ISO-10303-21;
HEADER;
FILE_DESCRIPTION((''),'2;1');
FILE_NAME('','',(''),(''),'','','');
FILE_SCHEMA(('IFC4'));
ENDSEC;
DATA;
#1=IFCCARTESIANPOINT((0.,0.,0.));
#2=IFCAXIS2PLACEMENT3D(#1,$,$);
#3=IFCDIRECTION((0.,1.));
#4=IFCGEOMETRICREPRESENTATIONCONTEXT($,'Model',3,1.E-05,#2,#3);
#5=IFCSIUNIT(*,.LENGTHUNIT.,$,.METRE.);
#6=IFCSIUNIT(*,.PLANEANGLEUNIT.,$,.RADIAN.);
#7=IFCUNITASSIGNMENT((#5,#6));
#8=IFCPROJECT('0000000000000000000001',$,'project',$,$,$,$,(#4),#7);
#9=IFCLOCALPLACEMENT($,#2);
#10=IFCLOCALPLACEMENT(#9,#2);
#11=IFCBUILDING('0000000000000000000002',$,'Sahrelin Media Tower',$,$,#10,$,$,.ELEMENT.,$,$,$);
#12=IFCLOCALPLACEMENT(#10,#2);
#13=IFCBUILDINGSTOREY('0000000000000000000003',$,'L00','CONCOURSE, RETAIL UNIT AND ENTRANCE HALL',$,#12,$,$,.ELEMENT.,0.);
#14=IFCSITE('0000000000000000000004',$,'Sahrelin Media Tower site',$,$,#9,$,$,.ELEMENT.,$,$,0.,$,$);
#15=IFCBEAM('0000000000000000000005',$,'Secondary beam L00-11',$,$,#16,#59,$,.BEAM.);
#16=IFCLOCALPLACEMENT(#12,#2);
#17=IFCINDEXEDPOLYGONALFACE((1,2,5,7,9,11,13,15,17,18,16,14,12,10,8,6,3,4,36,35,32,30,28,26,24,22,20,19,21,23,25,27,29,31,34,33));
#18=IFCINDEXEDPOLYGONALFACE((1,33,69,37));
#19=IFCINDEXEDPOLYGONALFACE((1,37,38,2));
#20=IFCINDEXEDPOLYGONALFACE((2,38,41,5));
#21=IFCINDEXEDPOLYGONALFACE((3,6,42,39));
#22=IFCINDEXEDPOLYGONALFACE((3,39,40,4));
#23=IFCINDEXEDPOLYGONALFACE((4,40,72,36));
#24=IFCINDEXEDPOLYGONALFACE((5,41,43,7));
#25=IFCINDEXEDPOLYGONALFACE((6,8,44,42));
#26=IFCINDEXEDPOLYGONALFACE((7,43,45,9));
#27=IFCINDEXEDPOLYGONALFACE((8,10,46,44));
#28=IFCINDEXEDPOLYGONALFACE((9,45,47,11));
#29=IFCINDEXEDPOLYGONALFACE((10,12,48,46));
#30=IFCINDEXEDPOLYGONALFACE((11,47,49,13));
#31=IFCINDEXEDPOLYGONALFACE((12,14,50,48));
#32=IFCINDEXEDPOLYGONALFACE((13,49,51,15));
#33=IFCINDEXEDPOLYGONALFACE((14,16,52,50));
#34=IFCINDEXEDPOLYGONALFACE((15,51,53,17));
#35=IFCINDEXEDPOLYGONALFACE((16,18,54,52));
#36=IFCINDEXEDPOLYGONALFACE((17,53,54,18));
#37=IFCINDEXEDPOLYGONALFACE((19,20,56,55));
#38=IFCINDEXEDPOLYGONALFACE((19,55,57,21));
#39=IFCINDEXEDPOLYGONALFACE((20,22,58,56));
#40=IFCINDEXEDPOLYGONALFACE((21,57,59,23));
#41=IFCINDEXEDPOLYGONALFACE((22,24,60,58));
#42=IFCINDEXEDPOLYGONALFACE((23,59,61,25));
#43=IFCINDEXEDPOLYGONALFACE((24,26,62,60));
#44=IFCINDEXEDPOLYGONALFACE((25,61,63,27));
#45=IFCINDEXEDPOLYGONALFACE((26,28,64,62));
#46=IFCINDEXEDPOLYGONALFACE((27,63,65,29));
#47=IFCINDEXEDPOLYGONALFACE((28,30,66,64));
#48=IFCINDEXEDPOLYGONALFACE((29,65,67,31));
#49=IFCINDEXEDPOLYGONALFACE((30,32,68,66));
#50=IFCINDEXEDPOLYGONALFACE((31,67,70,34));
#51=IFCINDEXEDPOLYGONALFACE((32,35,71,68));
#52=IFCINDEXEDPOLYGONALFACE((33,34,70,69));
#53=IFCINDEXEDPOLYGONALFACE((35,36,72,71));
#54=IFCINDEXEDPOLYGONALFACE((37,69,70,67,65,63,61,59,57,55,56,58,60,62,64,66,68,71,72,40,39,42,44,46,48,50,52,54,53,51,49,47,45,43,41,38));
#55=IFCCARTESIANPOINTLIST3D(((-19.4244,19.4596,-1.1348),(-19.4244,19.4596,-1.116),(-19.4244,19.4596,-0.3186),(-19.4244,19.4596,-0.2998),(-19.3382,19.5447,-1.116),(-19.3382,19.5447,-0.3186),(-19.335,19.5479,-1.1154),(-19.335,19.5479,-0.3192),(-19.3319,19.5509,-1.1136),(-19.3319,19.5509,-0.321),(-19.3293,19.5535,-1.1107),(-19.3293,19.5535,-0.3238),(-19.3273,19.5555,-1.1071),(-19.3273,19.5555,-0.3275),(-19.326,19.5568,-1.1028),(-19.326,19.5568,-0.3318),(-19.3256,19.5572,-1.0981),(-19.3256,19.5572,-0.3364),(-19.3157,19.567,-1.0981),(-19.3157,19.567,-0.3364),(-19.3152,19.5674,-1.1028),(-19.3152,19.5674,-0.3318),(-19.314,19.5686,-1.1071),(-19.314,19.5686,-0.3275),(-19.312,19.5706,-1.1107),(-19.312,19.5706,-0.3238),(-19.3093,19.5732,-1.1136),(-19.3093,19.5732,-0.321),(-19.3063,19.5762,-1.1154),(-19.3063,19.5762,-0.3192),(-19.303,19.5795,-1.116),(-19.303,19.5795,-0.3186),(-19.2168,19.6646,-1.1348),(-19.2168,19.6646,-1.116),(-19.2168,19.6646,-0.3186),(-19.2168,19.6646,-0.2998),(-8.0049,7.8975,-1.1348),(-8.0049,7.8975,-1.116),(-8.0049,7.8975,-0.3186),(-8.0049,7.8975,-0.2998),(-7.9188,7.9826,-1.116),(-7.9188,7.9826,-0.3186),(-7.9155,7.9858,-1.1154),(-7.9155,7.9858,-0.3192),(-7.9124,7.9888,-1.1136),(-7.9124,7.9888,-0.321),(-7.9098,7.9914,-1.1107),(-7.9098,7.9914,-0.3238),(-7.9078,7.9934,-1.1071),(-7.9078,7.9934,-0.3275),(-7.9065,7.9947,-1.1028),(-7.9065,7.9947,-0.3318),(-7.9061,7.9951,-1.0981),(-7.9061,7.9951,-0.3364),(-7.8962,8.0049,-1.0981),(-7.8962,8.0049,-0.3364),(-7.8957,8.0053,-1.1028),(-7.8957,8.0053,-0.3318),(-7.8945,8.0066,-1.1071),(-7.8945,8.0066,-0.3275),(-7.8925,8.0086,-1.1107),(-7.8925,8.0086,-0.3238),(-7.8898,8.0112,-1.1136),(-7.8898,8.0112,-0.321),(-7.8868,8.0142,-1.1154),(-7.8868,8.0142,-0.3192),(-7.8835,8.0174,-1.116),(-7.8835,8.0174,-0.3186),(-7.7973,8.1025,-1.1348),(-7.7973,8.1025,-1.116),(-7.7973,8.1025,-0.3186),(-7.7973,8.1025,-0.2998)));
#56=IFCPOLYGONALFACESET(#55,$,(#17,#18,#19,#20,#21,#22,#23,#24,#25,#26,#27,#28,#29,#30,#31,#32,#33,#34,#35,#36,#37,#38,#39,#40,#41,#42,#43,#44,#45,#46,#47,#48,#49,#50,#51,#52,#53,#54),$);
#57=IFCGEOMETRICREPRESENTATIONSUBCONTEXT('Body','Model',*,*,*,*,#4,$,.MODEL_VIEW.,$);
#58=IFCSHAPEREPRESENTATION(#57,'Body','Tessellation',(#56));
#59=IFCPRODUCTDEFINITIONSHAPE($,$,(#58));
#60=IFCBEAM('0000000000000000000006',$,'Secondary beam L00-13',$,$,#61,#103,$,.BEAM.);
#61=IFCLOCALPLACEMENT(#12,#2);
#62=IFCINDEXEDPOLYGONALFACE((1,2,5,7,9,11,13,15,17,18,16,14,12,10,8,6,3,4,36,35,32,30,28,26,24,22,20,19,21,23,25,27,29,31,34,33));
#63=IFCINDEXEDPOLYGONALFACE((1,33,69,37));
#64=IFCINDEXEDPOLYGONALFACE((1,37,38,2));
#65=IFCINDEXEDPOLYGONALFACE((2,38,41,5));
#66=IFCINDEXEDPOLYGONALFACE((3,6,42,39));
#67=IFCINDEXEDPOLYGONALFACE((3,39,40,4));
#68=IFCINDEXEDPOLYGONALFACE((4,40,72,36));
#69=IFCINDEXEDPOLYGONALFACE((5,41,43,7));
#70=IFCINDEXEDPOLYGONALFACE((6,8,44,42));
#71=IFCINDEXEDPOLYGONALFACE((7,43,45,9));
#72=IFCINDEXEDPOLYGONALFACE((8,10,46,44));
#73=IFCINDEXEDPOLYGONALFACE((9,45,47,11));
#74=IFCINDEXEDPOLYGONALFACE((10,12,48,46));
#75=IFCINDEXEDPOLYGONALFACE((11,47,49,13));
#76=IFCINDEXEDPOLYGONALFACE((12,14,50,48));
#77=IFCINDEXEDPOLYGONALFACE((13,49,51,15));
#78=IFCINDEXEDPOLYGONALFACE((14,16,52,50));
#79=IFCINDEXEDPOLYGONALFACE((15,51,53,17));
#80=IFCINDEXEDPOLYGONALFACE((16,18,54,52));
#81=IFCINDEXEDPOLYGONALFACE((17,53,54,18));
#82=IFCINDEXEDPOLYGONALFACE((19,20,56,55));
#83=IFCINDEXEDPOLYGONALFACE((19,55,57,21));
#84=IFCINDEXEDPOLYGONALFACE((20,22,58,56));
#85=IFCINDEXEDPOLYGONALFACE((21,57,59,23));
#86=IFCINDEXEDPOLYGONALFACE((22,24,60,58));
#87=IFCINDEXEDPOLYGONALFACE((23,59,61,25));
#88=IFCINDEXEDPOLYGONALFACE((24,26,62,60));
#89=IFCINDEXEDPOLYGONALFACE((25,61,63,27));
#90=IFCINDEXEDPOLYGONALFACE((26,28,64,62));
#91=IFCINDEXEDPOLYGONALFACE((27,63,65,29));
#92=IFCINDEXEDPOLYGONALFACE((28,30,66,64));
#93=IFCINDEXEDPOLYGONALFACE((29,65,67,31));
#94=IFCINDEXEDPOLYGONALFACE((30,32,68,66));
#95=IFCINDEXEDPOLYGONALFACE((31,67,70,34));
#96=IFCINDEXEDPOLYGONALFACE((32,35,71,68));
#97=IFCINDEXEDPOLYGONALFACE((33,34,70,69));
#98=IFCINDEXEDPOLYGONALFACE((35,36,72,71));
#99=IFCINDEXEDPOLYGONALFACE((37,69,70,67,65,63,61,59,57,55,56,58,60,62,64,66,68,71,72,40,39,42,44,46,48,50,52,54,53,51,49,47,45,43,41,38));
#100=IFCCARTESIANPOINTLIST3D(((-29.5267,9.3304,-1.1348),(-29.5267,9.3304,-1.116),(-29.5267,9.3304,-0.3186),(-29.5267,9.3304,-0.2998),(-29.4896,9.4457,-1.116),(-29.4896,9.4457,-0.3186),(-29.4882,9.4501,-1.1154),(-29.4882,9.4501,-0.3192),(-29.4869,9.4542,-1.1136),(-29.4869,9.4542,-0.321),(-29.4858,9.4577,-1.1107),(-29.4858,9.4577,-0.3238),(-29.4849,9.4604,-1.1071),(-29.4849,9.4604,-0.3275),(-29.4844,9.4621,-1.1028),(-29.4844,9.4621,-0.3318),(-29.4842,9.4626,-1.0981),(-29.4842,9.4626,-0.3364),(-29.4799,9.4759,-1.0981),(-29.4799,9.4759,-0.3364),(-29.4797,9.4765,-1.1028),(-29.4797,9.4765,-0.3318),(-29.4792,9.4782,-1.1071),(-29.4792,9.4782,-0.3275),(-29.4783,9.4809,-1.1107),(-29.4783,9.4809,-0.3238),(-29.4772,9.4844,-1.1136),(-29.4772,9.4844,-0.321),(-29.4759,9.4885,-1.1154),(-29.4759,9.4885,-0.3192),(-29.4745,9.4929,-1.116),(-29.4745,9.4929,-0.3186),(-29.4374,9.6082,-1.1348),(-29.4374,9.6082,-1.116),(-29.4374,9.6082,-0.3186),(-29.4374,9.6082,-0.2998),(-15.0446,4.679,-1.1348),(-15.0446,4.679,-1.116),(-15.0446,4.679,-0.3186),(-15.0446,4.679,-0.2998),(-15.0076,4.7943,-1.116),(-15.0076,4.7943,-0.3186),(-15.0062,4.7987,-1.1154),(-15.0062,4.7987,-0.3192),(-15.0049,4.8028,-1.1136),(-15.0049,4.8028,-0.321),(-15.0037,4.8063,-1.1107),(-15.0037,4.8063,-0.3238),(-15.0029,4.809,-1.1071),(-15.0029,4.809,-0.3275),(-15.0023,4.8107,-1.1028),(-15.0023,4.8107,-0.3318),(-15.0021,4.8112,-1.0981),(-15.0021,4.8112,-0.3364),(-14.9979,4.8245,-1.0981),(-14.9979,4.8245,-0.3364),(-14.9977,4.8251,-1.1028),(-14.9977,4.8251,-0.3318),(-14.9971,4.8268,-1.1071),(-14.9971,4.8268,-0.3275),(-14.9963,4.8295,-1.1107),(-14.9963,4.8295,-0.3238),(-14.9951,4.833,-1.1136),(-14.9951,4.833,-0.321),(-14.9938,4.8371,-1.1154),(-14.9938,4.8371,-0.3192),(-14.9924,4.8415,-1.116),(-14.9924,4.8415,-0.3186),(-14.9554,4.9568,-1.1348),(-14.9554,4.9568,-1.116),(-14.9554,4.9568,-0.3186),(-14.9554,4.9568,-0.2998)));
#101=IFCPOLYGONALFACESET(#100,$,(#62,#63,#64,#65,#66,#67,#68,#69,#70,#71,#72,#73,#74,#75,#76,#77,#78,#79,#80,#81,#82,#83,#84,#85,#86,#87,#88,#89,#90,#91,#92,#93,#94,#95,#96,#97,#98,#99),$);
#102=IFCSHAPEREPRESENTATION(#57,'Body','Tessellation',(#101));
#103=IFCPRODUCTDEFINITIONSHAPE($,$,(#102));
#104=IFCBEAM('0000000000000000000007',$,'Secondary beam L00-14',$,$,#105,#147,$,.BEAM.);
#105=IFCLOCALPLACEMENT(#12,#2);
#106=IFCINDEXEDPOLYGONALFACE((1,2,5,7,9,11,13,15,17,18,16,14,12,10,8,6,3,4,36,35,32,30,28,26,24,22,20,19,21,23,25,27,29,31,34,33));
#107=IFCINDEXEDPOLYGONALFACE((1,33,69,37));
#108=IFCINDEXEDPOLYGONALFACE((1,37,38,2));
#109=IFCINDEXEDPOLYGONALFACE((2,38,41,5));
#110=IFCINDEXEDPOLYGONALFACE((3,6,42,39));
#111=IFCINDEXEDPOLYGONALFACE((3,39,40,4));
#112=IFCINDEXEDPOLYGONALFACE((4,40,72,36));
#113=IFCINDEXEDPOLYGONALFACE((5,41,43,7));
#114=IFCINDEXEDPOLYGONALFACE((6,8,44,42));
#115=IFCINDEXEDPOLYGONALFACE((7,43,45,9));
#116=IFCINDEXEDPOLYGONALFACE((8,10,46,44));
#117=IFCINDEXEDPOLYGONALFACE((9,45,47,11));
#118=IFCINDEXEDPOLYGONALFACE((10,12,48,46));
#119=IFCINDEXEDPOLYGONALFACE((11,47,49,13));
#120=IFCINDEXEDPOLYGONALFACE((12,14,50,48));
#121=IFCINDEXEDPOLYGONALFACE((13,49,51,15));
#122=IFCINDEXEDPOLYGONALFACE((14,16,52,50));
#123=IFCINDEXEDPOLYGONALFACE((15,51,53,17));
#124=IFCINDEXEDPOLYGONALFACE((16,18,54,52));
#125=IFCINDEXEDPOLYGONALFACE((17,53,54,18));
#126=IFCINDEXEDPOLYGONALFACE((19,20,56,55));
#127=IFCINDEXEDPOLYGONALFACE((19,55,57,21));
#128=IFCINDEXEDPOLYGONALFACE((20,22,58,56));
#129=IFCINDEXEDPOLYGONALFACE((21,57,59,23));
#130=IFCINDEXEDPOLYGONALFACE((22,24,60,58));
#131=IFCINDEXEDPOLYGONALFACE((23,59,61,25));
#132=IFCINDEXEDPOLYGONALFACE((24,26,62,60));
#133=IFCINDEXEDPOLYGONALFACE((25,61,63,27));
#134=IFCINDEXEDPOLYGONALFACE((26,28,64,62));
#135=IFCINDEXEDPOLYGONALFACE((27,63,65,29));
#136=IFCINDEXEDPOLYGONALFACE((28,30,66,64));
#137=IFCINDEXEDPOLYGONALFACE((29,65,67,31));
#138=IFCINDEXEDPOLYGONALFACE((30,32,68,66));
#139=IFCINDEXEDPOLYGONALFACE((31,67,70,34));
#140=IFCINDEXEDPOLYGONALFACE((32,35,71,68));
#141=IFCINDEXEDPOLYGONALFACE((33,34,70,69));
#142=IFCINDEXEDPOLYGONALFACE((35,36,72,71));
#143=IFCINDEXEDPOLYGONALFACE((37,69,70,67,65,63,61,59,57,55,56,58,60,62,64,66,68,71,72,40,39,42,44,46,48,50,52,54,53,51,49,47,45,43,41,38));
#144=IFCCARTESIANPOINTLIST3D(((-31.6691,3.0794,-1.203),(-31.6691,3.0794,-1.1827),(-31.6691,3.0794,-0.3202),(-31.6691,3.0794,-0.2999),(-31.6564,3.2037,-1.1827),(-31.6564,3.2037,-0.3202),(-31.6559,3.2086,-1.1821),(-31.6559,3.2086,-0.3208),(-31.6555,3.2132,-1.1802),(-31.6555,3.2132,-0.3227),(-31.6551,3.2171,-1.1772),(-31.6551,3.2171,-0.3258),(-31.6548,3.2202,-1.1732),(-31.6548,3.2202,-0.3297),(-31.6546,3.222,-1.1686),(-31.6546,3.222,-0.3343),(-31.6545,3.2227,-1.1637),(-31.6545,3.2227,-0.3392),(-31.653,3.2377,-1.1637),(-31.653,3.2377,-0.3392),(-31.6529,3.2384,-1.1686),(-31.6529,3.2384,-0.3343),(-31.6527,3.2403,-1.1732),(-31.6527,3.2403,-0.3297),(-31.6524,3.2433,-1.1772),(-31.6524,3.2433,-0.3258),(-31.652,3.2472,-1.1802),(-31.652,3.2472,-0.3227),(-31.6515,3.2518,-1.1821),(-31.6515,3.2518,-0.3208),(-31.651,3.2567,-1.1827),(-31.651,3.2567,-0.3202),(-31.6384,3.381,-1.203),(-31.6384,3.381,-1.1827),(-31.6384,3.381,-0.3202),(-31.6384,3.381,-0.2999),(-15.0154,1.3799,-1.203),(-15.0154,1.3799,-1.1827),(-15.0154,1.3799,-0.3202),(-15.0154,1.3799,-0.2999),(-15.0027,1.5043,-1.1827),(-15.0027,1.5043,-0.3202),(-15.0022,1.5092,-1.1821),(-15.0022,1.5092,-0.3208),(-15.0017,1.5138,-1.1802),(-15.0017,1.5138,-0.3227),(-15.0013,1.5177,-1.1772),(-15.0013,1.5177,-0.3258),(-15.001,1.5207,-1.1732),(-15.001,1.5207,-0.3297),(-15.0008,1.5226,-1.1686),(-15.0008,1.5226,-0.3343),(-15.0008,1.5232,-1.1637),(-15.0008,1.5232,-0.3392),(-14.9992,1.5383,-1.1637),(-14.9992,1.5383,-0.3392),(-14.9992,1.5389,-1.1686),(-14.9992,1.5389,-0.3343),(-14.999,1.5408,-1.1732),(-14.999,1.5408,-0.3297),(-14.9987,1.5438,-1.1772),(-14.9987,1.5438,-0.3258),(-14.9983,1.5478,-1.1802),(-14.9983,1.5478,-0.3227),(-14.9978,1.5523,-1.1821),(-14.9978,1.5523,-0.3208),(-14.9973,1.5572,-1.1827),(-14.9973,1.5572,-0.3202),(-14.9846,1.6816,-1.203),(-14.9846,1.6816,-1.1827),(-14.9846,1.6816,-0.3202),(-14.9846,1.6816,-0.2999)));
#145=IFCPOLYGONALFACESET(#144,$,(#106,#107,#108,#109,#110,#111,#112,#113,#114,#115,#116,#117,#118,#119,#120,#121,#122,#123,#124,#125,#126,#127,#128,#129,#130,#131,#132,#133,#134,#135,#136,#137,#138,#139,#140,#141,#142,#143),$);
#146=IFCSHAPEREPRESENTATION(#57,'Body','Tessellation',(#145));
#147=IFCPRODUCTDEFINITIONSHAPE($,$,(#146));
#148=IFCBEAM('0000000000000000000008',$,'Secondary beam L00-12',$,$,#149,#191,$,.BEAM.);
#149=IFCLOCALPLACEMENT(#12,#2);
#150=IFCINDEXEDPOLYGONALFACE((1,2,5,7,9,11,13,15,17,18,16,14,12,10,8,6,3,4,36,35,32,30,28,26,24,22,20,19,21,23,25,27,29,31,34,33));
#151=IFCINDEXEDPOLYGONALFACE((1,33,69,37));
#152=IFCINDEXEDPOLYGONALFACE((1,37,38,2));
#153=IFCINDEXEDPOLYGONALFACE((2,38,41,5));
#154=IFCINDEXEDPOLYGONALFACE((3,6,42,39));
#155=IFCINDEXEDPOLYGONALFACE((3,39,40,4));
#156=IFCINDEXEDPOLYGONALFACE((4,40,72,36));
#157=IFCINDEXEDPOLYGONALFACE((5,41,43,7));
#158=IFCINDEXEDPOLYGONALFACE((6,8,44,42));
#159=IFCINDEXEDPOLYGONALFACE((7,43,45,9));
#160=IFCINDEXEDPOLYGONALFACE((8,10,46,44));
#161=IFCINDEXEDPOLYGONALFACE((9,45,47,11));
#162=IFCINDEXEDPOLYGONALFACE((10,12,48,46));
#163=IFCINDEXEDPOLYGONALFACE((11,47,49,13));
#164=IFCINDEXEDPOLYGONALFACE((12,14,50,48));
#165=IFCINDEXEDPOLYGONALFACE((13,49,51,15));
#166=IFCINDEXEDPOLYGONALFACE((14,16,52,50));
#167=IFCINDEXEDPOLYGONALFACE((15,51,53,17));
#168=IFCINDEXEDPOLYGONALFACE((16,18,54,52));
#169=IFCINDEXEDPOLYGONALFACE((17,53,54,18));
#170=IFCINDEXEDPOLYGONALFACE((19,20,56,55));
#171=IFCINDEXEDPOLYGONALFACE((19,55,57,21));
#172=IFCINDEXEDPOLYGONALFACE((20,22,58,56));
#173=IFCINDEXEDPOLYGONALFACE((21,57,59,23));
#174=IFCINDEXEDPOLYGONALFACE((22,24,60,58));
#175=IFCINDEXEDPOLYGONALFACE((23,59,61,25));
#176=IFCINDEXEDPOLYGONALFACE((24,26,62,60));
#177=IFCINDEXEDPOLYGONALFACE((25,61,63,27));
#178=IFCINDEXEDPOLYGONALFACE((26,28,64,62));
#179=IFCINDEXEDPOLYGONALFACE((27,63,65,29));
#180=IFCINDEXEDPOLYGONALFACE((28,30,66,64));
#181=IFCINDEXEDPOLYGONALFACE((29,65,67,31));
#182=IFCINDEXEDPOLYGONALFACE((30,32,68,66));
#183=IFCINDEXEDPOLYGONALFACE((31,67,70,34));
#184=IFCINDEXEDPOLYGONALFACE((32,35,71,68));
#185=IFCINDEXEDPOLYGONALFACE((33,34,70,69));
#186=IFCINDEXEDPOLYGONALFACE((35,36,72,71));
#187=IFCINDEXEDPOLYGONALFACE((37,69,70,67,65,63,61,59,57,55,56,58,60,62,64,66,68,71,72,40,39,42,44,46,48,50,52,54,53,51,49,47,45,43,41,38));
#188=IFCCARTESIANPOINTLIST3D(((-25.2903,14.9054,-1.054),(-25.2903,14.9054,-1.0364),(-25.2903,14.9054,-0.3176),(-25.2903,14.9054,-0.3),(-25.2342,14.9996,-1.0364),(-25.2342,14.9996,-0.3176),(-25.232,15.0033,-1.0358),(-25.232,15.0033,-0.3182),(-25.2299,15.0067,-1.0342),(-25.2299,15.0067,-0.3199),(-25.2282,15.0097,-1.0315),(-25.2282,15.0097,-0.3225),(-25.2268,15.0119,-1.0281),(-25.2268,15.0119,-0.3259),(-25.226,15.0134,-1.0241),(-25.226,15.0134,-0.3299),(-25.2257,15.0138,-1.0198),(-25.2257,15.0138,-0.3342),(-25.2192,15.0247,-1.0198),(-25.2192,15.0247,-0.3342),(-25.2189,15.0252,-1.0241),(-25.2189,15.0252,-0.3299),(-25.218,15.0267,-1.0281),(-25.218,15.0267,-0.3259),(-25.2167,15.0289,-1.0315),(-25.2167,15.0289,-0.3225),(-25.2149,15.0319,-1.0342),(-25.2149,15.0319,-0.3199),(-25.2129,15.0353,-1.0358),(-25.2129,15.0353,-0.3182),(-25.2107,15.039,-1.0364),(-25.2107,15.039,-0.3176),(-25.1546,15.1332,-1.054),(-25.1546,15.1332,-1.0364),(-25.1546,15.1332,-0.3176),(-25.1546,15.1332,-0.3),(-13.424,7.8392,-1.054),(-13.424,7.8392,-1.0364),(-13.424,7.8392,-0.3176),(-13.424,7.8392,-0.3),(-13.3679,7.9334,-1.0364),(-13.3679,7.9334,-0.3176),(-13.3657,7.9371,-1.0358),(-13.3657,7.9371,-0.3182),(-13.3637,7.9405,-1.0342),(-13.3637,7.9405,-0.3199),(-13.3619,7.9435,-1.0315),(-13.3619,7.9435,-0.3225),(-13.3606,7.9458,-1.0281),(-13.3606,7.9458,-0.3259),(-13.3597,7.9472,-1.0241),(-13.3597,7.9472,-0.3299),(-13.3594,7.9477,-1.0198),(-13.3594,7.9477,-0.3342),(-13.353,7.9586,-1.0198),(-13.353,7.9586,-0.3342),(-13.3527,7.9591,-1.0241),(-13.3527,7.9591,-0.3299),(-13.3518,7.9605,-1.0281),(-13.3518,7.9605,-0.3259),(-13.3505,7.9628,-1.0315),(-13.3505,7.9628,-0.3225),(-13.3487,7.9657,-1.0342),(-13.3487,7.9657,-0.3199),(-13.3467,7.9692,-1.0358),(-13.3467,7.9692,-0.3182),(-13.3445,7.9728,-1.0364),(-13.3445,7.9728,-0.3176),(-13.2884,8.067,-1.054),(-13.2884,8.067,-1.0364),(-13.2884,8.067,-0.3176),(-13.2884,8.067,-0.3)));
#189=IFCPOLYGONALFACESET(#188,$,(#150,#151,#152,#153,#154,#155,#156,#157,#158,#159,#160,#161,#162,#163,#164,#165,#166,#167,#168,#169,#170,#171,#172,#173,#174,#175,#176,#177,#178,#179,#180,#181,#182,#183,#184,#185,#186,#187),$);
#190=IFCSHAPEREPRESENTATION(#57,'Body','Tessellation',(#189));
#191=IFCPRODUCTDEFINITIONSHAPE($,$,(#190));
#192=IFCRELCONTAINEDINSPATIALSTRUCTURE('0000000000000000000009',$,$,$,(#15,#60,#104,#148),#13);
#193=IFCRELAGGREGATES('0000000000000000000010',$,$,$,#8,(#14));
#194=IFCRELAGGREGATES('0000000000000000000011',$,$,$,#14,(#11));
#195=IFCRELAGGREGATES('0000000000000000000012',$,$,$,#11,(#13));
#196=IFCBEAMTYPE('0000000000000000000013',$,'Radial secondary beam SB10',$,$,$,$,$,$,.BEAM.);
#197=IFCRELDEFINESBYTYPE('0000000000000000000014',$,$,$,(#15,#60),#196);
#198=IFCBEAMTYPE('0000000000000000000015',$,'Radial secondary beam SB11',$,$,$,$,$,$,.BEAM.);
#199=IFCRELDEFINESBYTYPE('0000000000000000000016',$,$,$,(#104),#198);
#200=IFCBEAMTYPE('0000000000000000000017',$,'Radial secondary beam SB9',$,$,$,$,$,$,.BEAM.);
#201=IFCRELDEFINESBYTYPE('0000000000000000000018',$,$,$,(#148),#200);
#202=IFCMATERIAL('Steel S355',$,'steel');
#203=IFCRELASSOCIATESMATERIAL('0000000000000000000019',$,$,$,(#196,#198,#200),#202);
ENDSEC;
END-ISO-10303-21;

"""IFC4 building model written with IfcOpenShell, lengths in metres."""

from ifc_helpers import new_model, si_unit, direction, frame, origin, origin_2d, place, context, subcontext, project, spatial, i_section, extrude, material, material_profile, profile_set, type_object, element, save


model = new_model("IFC4")

# Units and contexts
model_context = context("Model", 3, precision=1e-05, world=origin(), true_north=direction((0.0, 1.0)))
body_context = subcontext(model_context, "Body", "Model", "MODEL_VIEW")
ifc_project = project(units=[si_unit("LENGTHUNIT", "METRE"), si_unit("PLANEANGLEUNIT", "RADIAN")], contexts=[model_context])

# Site, building, storey
site_placement = place(None, origin())
site = spatial("IfcSite", under=ifc_project, at=site_placement, Name="Sahrelin Media Tower site", CompositionType="ELEMENT", RefElevation=0.0)
building_placement = place(site_placement, origin())
building = spatial("IfcBuilding", under=site, at=building_placement, Name="Sahrelin Media Tower", CompositionType="ELEMENT")
storey_placement = place(building_placement, origin())
storey = spatial("IfcBuildingStorey", under=building, at=storey_placement, Name="L00", Description="CONCOURSE, RETAIL UNIT AND ENTRANCE HALL", CompositionType="ELEMENT", Elevation=0.0)

# Beams
ifc_material_1 = material(Name="Steel S355", Category="steel")
ifc_material_profile_1 = material_profile(ifc_material_1, i_section(OverallWidth=0.2917, OverallDepth=0.835, WebThickness=0.0139, FlangeThickness=0.0188, FilletRadius=0.0178, at=origin_2d()), Name="UB 838x292x176")
ifc_profile_set_1 = profile_set([ifc_material_profile_1], Name="Steel S355")
beam_type_1 = type_object("IfcBeamType", Name="Radial secondary beam SB10", PredefinedType="BEAM", material=ifc_profile_set_1)
beam_1_placement = place(storey_placement, frame((-7.9011, 8.0, -0.7173), z_axis=(-0.702706, 0.71148, 0.0), x_axis=(-0.71148, -0.702706, 0.0)))
element("IfcBeam", 1, at=beam_1_placement, inside=storey, type_object=beam_type_1, Name="Secondary beam L00-11", PredefinedType="BEAM", context=body_context, shape_type="SweptSolid", body=[
    extrude(i_section(OverallWidth=0.2917, OverallDepth=0.835, WebThickness=0.0139, FlangeThickness=0.0188, FilletRadius=0.0178, at=origin_2d()), origin(), (0.0, 0.0, 1.0), 16.2507),
])
beam_2_placement = place(storey_placement, frame((-15.0, 4.8179, -0.7173), z_axis=(-0.952096, 0.305798, 0.0), x_axis=(-0.305798, -0.952096, 0.0)))
element("IfcBeam", 2, at=beam_2_placement, inside=storey, type_object=beam_type_1, Name="Secondary beam L00-13", PredefinedType="BEAM", context=body_context, shape_type="SweptSolid", body=[
    extrude(i_section(OverallWidth=0.2917, OverallDepth=0.835, WebThickness=0.0139, FlangeThickness=0.0188, FilletRadius=0.0178, at=origin_2d()), origin(), (0.0, 0.0, 1.0), 15.2107),
])
ifc_material_profile_2 = material_profile(ifc_material_1, i_section(OverallWidth=0.3032, OverallDepth=0.9031, WebThickness=0.0151, FlangeThickness=0.0203, FilletRadius=0.019, at=origin_2d()), Name="UB 914x305x201")
ifc_profile_set_2 = profile_set([ifc_material_profile_2], Name="Steel S355")
beam_type_2 = type_object("IfcBeamType", Name="Radial secondary beam SB11", PredefinedType="BEAM", material=ifc_profile_set_2)
beam_3_placement = place(storey_placement, frame((-15.0, 1.5308, -0.7515), z_axis=(-0.994834, 0.101519, 0.0), x_axis=(-0.101519, -0.994834, 0.0)))
element("IfcBeam", 3, at=beam_3_placement, inside=storey, type_object=beam_type_2, Name="Secondary beam L00-14", PredefinedType="BEAM", context=body_context, shape_type="SweptSolid", body=[
    extrude(i_section(OverallWidth=0.3032, OverallDepth=0.9031, WebThickness=0.0151, FlangeThickness=0.0203, FilletRadius=0.019, at=origin_2d()), origin(), (0.0, 0.0, 1.0), 16.7402),
])
ifc_material_profile_3 = material_profile(ifc_material_1, i_section(OverallWidth=0.2651, OverallDepth=0.7539, WebThickness=0.0127, FlangeThickness=0.0176, FilletRadius=0.0166, at=origin_2d()), Name="UB 762x267x147")
ifc_profile_set_3 = profile_set([ifc_material_profile_3], Name="Steel S355")
beam_type_3 = type_object("IfcBeamType", Name="Radial secondary beam SB9", PredefinedType="BEAM", material=ifc_profile_set_3)
beam_4_placement = place(storey_placement, frame((-13.3562, 7.9531, -0.677), z_axis=(-0.859199, 0.511641, 0.0), x_axis=(-0.511641, -0.859199, 0.0)))
element("IfcBeam", 4, at=beam_4_placement, inside=storey, type_object=beam_type_3, Name="Secondary beam L00-12", PredefinedType="BEAM", context=body_context, shape_type="SweptSolid", body=[
    extrude(i_section(OverallWidth=0.2651, OverallDepth=0.7539, WebThickness=0.0127, FlangeThickness=0.0176, FilletRadius=0.0166, at=origin_2d()), origin(), (0.0, 0.0, 1.0), 13.8108),
])

save(model, "model.ifc")
